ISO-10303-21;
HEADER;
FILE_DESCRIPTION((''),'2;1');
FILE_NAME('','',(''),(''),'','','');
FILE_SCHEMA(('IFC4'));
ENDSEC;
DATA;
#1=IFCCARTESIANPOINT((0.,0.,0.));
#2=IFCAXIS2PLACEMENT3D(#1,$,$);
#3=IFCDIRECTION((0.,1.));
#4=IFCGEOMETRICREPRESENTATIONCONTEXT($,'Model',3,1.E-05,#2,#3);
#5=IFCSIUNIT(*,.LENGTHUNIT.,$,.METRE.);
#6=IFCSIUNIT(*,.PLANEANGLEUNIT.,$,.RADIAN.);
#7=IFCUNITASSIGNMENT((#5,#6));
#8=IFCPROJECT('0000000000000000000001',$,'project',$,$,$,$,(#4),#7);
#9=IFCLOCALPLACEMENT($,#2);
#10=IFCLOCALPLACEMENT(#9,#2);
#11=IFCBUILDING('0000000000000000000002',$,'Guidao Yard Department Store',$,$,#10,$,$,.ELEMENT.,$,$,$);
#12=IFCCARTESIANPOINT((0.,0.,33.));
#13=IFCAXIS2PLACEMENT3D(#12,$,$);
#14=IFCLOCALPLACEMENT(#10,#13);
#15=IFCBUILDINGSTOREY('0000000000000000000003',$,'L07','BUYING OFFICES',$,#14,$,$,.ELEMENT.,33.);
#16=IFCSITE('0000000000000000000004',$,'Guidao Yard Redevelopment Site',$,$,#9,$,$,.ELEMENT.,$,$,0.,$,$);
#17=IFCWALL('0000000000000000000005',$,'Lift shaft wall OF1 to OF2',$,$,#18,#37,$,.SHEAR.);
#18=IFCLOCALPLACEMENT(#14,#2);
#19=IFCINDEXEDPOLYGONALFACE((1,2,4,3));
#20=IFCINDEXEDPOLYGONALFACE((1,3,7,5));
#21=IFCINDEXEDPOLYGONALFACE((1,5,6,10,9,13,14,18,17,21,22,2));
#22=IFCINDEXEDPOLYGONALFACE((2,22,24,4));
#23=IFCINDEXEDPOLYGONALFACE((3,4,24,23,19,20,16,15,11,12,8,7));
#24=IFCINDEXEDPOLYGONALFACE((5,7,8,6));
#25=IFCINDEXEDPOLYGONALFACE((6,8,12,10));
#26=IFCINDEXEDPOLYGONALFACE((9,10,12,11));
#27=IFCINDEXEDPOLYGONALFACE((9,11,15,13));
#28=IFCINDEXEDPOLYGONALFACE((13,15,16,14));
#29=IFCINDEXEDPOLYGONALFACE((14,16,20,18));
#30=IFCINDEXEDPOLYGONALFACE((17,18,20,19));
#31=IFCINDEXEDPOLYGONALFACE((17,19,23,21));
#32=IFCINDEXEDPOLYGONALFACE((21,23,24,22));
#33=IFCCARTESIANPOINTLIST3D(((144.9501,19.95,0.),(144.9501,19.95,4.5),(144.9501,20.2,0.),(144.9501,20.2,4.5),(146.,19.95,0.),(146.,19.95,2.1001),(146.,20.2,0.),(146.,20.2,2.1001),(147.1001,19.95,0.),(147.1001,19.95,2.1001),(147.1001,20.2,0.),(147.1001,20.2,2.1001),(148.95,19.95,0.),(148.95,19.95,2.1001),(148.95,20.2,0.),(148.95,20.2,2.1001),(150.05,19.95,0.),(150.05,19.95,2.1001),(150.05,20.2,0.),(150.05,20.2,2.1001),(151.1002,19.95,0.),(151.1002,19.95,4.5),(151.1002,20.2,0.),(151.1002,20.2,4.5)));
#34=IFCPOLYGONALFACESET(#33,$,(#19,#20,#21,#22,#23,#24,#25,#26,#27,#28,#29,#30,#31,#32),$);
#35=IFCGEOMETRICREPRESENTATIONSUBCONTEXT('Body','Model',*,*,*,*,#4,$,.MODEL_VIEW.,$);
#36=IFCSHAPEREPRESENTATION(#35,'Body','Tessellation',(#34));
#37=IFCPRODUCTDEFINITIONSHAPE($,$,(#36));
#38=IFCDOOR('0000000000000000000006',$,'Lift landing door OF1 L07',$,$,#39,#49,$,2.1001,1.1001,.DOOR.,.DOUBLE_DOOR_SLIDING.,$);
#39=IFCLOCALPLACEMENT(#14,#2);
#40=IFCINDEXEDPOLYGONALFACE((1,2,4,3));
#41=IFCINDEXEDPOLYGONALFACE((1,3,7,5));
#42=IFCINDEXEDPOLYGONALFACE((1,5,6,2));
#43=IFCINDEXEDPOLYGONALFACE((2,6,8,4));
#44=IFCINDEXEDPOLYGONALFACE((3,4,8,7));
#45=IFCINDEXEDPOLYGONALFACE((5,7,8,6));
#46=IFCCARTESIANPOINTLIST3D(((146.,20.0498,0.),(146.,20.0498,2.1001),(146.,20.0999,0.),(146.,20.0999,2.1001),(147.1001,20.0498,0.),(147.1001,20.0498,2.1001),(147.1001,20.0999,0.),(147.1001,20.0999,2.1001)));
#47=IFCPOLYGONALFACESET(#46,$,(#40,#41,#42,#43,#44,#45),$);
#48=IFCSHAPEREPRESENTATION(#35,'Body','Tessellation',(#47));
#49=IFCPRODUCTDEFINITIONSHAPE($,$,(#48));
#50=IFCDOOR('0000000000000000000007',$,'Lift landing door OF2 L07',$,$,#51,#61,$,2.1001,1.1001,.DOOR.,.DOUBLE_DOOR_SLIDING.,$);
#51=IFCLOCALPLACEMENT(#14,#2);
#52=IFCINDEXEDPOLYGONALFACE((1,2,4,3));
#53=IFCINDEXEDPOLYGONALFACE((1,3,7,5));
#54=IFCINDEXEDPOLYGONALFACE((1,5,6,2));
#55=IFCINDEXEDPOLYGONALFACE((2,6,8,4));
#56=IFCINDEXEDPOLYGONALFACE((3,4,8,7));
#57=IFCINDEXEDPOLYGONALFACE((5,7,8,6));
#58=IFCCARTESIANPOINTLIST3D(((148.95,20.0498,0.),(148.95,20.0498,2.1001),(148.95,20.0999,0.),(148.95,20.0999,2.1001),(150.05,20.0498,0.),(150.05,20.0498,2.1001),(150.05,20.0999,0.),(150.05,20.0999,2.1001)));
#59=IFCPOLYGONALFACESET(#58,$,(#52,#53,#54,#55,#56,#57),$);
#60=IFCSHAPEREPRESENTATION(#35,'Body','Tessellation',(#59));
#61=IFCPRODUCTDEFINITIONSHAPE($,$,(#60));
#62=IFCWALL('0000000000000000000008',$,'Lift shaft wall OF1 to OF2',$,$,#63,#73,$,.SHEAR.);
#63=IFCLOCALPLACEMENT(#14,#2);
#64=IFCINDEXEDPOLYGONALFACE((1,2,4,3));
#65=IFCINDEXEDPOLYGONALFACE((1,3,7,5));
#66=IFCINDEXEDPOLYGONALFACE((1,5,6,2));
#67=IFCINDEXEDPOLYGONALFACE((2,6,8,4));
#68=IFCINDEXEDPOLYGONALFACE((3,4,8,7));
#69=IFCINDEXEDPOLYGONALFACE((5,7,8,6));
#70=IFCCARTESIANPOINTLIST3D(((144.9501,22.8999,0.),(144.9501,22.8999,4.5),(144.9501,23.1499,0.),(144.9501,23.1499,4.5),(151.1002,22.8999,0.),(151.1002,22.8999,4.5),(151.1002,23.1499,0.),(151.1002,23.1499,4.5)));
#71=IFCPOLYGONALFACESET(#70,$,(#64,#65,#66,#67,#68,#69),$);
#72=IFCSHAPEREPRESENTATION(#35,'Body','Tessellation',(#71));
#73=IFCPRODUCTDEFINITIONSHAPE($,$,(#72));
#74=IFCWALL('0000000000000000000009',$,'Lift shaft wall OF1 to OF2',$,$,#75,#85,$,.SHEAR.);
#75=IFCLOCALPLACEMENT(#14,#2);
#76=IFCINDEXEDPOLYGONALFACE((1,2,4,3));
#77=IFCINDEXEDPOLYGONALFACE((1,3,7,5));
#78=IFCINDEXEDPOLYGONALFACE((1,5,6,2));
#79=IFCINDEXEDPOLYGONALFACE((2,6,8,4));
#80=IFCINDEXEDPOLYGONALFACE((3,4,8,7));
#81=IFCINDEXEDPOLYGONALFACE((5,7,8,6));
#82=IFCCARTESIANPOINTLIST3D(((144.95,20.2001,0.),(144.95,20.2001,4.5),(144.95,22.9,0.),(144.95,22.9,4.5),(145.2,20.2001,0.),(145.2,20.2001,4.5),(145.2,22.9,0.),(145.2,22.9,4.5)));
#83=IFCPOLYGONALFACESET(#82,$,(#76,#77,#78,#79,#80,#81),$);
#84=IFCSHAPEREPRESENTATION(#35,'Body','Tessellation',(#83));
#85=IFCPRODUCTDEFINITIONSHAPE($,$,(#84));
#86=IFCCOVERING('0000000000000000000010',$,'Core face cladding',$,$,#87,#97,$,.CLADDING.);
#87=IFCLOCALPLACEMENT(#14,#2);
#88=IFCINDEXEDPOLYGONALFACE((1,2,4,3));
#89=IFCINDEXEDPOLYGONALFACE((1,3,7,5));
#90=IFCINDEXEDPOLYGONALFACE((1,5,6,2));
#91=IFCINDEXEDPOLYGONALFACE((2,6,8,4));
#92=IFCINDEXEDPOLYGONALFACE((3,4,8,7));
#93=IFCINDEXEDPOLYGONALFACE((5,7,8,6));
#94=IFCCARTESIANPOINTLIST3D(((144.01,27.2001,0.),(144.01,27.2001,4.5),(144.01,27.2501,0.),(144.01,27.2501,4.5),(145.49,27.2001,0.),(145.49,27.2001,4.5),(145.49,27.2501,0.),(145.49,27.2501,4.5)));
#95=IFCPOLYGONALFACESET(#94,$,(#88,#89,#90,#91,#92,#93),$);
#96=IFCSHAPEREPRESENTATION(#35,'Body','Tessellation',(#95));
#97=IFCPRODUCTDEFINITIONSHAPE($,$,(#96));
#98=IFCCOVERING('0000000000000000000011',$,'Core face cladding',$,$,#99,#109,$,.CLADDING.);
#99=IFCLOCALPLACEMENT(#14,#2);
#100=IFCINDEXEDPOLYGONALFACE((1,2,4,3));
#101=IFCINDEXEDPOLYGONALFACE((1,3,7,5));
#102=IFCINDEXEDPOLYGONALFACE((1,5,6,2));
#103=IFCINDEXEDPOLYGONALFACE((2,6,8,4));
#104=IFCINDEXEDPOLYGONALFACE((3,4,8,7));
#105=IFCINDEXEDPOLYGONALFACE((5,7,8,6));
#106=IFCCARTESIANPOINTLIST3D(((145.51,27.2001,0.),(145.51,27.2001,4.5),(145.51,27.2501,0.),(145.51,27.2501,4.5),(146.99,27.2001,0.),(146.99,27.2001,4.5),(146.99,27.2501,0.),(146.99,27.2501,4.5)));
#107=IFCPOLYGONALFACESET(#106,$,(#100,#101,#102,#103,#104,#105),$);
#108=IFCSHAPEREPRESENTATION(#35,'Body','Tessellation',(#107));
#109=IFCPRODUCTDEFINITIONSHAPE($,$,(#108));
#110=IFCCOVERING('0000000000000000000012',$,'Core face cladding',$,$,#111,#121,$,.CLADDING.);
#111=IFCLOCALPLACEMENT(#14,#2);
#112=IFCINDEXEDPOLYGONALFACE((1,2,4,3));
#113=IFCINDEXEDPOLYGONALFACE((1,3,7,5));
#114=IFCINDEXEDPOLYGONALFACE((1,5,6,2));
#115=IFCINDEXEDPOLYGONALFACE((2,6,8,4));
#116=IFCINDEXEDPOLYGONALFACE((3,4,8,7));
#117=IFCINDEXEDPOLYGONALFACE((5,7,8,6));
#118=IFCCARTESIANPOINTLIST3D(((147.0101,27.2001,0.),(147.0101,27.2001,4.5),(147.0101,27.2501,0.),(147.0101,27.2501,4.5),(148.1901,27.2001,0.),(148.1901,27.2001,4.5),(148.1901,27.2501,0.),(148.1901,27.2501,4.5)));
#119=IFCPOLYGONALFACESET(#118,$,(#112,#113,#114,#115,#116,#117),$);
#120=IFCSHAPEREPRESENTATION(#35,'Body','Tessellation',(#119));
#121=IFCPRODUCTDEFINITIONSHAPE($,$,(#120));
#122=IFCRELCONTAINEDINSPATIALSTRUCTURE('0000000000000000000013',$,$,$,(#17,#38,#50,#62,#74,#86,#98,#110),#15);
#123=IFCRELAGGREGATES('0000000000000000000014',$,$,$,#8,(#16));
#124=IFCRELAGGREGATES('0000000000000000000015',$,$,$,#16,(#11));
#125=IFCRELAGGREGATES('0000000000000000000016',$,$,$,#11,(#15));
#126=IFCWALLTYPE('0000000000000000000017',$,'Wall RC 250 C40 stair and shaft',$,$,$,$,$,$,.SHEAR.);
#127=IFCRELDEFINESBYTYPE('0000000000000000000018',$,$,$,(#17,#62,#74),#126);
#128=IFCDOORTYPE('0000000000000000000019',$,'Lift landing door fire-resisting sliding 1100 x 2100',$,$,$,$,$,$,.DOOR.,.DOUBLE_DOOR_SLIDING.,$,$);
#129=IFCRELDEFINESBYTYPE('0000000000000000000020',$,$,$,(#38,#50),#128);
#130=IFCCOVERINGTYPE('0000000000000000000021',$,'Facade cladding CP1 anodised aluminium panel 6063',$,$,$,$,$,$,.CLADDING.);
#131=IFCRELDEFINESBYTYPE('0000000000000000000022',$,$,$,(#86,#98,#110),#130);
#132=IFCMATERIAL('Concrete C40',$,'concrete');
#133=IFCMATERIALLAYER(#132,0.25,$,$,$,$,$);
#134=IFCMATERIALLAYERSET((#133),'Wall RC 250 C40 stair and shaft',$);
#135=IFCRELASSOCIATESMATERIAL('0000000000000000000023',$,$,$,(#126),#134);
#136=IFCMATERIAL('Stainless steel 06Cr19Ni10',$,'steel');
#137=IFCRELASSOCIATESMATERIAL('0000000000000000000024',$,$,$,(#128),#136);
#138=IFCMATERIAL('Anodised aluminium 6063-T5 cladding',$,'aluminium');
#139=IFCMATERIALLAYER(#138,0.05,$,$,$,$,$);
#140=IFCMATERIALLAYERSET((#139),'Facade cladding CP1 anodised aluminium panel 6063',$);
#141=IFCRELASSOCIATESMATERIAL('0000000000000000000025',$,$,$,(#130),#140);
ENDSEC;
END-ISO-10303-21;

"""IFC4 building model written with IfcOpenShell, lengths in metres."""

from ifc_helpers import new_model, si_unit, direction, frame, frame_2d, origin, origin_2d, place, context, subcontext, project, spatial, rectangle, extrude, material, layer, layer_set, type_object, element, fill, save


model = new_model("IFC4")

# Units and contexts
model_context = context("Model", 3, precision=1e-05, world=origin(), true_north=direction((0.0, 1.0)))
body_context = subcontext(model_context, "Body", "Model", "MODEL_VIEW")
ifc_project = project(units=[si_unit("LENGTHUNIT", "METRE"), si_unit("PLANEANGLEUNIT", "RADIAN")], contexts=[model_context])

# Site, building, storey
site_placement = place(None, origin())
site = spatial("IfcSite", under=ifc_project, at=site_placement, Name="Guidao Yard Redevelopment Site", CompositionType="ELEMENT", RefElevation=0.0)
building_placement = place(site_placement, origin())
building = spatial("IfcBuilding", under=site, at=building_placement, Name="Guidao Yard Department Store", CompositionType="ELEMENT")
storey_placement = place(building_placement, frame((0.0, 0.0, 33.0)))
storey = spatial("IfcBuildingStorey", under=building, at=storey_placement, Name="L07", Description="BUYING OFFICES", CompositionType="ELEMENT", Elevation=33.0)

# Wall, openings, doors
ifc_material_1 = material(Name="Concrete C40", Category="concrete")
ifc_layer_1 = layer(ifc_material_1, 0.25)
ifc_layer_set_1 = layer_set([ifc_layer_1], Name="Wall RC 250 C40 stair and shaft")
wall_type_1 = type_object("IfcWallType", Name="Wall RC 250 C40 stair and shaft", PredefinedType="SHEAR", material=ifc_layer_set_1)
wall_1_placement = place(storey_placement, frame((144.95, 20.075, 0.0), z_axis=(0.0, 0.0, 1.0), x_axis=(1.0, 0.0, 0.0)))
wall_1 = element("IfcWall", 1, at=wall_1_placement, inside=storey, type_object=wall_type_1, Name="Lift shaft wall OF1 to OF2", PredefinedType="SHEAR", context=body_context, shape_type="SweptSolid", body=[
    extrude(rectangle(XDim=6.1501, YDim=0.25, at=frame_2d((3.0752, 0.0))), origin(), (0.0, 0.0, 1.0), 4.5),
])
opening_1_placement = place(wall_1_placement, frame((1.05, 0.0, 0.0)))
opening_1 = element("IfcOpeningElement", 2, at=opening_1_placement, cuts=wall_1, PredefinedType="OPENING", context=body_context, shape_type="SweptSolid", body=[
    extrude(rectangle(XDim=1.1001, YDim=2.1001, at=frame_2d((0.55, 1.05))), frame((0.0, 0.135, 0.0), z_axis=(0.0, -1.0, 0.0), x_axis=(1.0, 0.0, 0.0)), (0.0, 0.0, 1.0), 0.27),
])
opening_2_placement = place(wall_1_placement, frame((4.0, 0.0, 0.0)))
opening_2 = element("IfcOpeningElement", 3, at=opening_2_placement, cuts=wall_1, PredefinedType="OPENING", context=body_context, shape_type="SweptSolid", body=[
    extrude(rectangle(XDim=1.1001, YDim=2.1001, at=frame_2d((0.55, 1.05))), frame((0.0, 0.135, 0.0), z_axis=(0.0, -1.0, 0.0), x_axis=(1.0, 0.0, 0.0)), (0.0, 0.0, 1.0), 0.27),
])
ifc_material_2 = material(Name="Stainless steel 06Cr19Ni10", Category="steel")
door_type_1 = type_object("IfcDoorType", Name="Lift landing door fire-resisting sliding 1100 x 2100", OperationType="DOUBLE_DOOR_SLIDING", PredefinedType="DOOR", material=ifc_material_2)
door_1_placement = place(opening_1_placement, origin())
door_1 = element("IfcDoor", 4, at=door_1_placement, inside=storey, type_object=door_type_1, Name="Lift landing door OF1 L07", OperationType="DOUBLE_DOOR_SLIDING", OverallHeight=2.1001, OverallWidth=1.1001, PredefinedType="DOOR", context=body_context, shape_type="SweptSolid", body=[
    extrude(rectangle(XDim=1.1001, YDim=2.1001, at=frame_2d((0.55, 1.05))), frame((0.0, 0.0249, 0.0), z_axis=(0.0, -1.0, 0.0), x_axis=(1.0, 0.0, 0.0)), (0.0, 0.0, 1.0), 0.05),
])
fill(opening_1, door_1)
door_2_placement = place(opening_2_placement, origin())
door_2 = element("IfcDoor", 5, at=door_2_placement, inside=storey, type_object=door_type_1, Name="Lift landing door OF2 L07", OperationType="DOUBLE_DOOR_SLIDING", OverallHeight=2.1001, OverallWidth=1.1001, PredefinedType="DOOR", context=body_context, shape_type="SweptSolid", body=[
    extrude(rectangle(XDim=1.1001, YDim=2.1001, at=frame_2d((0.55, 1.05))), frame((0.0, 0.0249, 0.0), z_axis=(0.0, -1.0, 0.0), x_axis=(1.0, 0.0, 0.0)), (0.0, 0.0, 1.0), 0.05),
])
fill(opening_2, door_2)

# Walls
wall_2_placement = place(storey_placement, frame((144.95, 23.0249, 0.0), z_axis=(0.0, 0.0, 1.0), x_axis=(1.0, 0.0, 0.0)))
element("IfcWall", 6, at=wall_2_placement, inside=storey, type_object=wall_type_1, Name="Lift shaft wall OF1 to OF2", PredefinedType="SHEAR", context=body_context, shape_type="SweptSolid", body=[
    extrude(rectangle(XDim=6.1501, YDim=0.25, at=frame_2d((3.0752, 0.0))), origin(), (0.0, 0.0, 1.0), 4.5),
])
wall_3_placement = place(storey_placement, frame((145.075, 20.2, 0.0), z_axis=(0.0, 0.0, 1.0), x_axis=(0.0, 1.0, 0.0)))
element("IfcWall", 7, at=wall_3_placement, inside=storey, type_object=wall_type_1, Name="Lift shaft wall OF1 to OF2", PredefinedType="SHEAR", context=body_context, shape_type="SweptSolid", body=[
    extrude(rectangle(XDim=2.7, YDim=0.25, at=frame_2d((1.3501, 0.0))), origin(), (0.0, 0.0, 1.0), 4.5),
])

# Coverings
ifc_material_3 = material(Name="Anodised aluminium 6063-T5 cladding", Category="aluminium")
ifc_layer_2 = layer(ifc_material_3, 0.05)
ifc_layer_set_2 = layer_set([ifc_layer_2], Name="Facade cladding CP1 anodised aluminium panel 6063")
covering_type = type_object("IfcCoveringType", Name="Facade cladding CP1 anodised aluminium panel 6063", PredefinedType="CLADDING", material=ifc_layer_set_2)
for number, where, z_axis, x_axis, name in (
    (8, (144.75, 27.2251, 0.0), (0.0, 0.0, 1.0), (1.0, 0.0, 0.0), "Core face cladding"),
    (9, (146.25, 27.2251, 0.0), (0.0, 0.0, 1.0), (1.0, 0.0, 0.0), "Core face cladding"),
):
    element("IfcCovering", number, at=place(storey_placement, frame(where, z_axis=z_axis, x_axis=x_axis)), inside=storey, type_object=covering_type, Name=name, PredefinedType="CLADDING", context=body_context, shape_type="SweptSolid", body=[
        extrude(rectangle(XDim=1.48, YDim=0.05, at=origin_2d()), origin(), (0.0, 0.0, 1.0), 4.5),
    ])
covering_placement = place(storey_placement, frame((147.6001, 27.2251, 0.0), z_axis=(0.0, 0.0, 1.0), x_axis=(1.0, 0.0, 0.0)))
element("IfcCovering", 10, at=covering_placement, inside=storey, type_object=covering_type, Name="Core face cladding", PredefinedType="CLADDING", context=body_context, shape_type="SweptSolid", body=[
    extrude(rectangle(XDim=1.1799, YDim=0.05, at=origin_2d()), origin(), (0.0, 0.0, 1.0), 4.5),
])

save(model, "model.ifc")
